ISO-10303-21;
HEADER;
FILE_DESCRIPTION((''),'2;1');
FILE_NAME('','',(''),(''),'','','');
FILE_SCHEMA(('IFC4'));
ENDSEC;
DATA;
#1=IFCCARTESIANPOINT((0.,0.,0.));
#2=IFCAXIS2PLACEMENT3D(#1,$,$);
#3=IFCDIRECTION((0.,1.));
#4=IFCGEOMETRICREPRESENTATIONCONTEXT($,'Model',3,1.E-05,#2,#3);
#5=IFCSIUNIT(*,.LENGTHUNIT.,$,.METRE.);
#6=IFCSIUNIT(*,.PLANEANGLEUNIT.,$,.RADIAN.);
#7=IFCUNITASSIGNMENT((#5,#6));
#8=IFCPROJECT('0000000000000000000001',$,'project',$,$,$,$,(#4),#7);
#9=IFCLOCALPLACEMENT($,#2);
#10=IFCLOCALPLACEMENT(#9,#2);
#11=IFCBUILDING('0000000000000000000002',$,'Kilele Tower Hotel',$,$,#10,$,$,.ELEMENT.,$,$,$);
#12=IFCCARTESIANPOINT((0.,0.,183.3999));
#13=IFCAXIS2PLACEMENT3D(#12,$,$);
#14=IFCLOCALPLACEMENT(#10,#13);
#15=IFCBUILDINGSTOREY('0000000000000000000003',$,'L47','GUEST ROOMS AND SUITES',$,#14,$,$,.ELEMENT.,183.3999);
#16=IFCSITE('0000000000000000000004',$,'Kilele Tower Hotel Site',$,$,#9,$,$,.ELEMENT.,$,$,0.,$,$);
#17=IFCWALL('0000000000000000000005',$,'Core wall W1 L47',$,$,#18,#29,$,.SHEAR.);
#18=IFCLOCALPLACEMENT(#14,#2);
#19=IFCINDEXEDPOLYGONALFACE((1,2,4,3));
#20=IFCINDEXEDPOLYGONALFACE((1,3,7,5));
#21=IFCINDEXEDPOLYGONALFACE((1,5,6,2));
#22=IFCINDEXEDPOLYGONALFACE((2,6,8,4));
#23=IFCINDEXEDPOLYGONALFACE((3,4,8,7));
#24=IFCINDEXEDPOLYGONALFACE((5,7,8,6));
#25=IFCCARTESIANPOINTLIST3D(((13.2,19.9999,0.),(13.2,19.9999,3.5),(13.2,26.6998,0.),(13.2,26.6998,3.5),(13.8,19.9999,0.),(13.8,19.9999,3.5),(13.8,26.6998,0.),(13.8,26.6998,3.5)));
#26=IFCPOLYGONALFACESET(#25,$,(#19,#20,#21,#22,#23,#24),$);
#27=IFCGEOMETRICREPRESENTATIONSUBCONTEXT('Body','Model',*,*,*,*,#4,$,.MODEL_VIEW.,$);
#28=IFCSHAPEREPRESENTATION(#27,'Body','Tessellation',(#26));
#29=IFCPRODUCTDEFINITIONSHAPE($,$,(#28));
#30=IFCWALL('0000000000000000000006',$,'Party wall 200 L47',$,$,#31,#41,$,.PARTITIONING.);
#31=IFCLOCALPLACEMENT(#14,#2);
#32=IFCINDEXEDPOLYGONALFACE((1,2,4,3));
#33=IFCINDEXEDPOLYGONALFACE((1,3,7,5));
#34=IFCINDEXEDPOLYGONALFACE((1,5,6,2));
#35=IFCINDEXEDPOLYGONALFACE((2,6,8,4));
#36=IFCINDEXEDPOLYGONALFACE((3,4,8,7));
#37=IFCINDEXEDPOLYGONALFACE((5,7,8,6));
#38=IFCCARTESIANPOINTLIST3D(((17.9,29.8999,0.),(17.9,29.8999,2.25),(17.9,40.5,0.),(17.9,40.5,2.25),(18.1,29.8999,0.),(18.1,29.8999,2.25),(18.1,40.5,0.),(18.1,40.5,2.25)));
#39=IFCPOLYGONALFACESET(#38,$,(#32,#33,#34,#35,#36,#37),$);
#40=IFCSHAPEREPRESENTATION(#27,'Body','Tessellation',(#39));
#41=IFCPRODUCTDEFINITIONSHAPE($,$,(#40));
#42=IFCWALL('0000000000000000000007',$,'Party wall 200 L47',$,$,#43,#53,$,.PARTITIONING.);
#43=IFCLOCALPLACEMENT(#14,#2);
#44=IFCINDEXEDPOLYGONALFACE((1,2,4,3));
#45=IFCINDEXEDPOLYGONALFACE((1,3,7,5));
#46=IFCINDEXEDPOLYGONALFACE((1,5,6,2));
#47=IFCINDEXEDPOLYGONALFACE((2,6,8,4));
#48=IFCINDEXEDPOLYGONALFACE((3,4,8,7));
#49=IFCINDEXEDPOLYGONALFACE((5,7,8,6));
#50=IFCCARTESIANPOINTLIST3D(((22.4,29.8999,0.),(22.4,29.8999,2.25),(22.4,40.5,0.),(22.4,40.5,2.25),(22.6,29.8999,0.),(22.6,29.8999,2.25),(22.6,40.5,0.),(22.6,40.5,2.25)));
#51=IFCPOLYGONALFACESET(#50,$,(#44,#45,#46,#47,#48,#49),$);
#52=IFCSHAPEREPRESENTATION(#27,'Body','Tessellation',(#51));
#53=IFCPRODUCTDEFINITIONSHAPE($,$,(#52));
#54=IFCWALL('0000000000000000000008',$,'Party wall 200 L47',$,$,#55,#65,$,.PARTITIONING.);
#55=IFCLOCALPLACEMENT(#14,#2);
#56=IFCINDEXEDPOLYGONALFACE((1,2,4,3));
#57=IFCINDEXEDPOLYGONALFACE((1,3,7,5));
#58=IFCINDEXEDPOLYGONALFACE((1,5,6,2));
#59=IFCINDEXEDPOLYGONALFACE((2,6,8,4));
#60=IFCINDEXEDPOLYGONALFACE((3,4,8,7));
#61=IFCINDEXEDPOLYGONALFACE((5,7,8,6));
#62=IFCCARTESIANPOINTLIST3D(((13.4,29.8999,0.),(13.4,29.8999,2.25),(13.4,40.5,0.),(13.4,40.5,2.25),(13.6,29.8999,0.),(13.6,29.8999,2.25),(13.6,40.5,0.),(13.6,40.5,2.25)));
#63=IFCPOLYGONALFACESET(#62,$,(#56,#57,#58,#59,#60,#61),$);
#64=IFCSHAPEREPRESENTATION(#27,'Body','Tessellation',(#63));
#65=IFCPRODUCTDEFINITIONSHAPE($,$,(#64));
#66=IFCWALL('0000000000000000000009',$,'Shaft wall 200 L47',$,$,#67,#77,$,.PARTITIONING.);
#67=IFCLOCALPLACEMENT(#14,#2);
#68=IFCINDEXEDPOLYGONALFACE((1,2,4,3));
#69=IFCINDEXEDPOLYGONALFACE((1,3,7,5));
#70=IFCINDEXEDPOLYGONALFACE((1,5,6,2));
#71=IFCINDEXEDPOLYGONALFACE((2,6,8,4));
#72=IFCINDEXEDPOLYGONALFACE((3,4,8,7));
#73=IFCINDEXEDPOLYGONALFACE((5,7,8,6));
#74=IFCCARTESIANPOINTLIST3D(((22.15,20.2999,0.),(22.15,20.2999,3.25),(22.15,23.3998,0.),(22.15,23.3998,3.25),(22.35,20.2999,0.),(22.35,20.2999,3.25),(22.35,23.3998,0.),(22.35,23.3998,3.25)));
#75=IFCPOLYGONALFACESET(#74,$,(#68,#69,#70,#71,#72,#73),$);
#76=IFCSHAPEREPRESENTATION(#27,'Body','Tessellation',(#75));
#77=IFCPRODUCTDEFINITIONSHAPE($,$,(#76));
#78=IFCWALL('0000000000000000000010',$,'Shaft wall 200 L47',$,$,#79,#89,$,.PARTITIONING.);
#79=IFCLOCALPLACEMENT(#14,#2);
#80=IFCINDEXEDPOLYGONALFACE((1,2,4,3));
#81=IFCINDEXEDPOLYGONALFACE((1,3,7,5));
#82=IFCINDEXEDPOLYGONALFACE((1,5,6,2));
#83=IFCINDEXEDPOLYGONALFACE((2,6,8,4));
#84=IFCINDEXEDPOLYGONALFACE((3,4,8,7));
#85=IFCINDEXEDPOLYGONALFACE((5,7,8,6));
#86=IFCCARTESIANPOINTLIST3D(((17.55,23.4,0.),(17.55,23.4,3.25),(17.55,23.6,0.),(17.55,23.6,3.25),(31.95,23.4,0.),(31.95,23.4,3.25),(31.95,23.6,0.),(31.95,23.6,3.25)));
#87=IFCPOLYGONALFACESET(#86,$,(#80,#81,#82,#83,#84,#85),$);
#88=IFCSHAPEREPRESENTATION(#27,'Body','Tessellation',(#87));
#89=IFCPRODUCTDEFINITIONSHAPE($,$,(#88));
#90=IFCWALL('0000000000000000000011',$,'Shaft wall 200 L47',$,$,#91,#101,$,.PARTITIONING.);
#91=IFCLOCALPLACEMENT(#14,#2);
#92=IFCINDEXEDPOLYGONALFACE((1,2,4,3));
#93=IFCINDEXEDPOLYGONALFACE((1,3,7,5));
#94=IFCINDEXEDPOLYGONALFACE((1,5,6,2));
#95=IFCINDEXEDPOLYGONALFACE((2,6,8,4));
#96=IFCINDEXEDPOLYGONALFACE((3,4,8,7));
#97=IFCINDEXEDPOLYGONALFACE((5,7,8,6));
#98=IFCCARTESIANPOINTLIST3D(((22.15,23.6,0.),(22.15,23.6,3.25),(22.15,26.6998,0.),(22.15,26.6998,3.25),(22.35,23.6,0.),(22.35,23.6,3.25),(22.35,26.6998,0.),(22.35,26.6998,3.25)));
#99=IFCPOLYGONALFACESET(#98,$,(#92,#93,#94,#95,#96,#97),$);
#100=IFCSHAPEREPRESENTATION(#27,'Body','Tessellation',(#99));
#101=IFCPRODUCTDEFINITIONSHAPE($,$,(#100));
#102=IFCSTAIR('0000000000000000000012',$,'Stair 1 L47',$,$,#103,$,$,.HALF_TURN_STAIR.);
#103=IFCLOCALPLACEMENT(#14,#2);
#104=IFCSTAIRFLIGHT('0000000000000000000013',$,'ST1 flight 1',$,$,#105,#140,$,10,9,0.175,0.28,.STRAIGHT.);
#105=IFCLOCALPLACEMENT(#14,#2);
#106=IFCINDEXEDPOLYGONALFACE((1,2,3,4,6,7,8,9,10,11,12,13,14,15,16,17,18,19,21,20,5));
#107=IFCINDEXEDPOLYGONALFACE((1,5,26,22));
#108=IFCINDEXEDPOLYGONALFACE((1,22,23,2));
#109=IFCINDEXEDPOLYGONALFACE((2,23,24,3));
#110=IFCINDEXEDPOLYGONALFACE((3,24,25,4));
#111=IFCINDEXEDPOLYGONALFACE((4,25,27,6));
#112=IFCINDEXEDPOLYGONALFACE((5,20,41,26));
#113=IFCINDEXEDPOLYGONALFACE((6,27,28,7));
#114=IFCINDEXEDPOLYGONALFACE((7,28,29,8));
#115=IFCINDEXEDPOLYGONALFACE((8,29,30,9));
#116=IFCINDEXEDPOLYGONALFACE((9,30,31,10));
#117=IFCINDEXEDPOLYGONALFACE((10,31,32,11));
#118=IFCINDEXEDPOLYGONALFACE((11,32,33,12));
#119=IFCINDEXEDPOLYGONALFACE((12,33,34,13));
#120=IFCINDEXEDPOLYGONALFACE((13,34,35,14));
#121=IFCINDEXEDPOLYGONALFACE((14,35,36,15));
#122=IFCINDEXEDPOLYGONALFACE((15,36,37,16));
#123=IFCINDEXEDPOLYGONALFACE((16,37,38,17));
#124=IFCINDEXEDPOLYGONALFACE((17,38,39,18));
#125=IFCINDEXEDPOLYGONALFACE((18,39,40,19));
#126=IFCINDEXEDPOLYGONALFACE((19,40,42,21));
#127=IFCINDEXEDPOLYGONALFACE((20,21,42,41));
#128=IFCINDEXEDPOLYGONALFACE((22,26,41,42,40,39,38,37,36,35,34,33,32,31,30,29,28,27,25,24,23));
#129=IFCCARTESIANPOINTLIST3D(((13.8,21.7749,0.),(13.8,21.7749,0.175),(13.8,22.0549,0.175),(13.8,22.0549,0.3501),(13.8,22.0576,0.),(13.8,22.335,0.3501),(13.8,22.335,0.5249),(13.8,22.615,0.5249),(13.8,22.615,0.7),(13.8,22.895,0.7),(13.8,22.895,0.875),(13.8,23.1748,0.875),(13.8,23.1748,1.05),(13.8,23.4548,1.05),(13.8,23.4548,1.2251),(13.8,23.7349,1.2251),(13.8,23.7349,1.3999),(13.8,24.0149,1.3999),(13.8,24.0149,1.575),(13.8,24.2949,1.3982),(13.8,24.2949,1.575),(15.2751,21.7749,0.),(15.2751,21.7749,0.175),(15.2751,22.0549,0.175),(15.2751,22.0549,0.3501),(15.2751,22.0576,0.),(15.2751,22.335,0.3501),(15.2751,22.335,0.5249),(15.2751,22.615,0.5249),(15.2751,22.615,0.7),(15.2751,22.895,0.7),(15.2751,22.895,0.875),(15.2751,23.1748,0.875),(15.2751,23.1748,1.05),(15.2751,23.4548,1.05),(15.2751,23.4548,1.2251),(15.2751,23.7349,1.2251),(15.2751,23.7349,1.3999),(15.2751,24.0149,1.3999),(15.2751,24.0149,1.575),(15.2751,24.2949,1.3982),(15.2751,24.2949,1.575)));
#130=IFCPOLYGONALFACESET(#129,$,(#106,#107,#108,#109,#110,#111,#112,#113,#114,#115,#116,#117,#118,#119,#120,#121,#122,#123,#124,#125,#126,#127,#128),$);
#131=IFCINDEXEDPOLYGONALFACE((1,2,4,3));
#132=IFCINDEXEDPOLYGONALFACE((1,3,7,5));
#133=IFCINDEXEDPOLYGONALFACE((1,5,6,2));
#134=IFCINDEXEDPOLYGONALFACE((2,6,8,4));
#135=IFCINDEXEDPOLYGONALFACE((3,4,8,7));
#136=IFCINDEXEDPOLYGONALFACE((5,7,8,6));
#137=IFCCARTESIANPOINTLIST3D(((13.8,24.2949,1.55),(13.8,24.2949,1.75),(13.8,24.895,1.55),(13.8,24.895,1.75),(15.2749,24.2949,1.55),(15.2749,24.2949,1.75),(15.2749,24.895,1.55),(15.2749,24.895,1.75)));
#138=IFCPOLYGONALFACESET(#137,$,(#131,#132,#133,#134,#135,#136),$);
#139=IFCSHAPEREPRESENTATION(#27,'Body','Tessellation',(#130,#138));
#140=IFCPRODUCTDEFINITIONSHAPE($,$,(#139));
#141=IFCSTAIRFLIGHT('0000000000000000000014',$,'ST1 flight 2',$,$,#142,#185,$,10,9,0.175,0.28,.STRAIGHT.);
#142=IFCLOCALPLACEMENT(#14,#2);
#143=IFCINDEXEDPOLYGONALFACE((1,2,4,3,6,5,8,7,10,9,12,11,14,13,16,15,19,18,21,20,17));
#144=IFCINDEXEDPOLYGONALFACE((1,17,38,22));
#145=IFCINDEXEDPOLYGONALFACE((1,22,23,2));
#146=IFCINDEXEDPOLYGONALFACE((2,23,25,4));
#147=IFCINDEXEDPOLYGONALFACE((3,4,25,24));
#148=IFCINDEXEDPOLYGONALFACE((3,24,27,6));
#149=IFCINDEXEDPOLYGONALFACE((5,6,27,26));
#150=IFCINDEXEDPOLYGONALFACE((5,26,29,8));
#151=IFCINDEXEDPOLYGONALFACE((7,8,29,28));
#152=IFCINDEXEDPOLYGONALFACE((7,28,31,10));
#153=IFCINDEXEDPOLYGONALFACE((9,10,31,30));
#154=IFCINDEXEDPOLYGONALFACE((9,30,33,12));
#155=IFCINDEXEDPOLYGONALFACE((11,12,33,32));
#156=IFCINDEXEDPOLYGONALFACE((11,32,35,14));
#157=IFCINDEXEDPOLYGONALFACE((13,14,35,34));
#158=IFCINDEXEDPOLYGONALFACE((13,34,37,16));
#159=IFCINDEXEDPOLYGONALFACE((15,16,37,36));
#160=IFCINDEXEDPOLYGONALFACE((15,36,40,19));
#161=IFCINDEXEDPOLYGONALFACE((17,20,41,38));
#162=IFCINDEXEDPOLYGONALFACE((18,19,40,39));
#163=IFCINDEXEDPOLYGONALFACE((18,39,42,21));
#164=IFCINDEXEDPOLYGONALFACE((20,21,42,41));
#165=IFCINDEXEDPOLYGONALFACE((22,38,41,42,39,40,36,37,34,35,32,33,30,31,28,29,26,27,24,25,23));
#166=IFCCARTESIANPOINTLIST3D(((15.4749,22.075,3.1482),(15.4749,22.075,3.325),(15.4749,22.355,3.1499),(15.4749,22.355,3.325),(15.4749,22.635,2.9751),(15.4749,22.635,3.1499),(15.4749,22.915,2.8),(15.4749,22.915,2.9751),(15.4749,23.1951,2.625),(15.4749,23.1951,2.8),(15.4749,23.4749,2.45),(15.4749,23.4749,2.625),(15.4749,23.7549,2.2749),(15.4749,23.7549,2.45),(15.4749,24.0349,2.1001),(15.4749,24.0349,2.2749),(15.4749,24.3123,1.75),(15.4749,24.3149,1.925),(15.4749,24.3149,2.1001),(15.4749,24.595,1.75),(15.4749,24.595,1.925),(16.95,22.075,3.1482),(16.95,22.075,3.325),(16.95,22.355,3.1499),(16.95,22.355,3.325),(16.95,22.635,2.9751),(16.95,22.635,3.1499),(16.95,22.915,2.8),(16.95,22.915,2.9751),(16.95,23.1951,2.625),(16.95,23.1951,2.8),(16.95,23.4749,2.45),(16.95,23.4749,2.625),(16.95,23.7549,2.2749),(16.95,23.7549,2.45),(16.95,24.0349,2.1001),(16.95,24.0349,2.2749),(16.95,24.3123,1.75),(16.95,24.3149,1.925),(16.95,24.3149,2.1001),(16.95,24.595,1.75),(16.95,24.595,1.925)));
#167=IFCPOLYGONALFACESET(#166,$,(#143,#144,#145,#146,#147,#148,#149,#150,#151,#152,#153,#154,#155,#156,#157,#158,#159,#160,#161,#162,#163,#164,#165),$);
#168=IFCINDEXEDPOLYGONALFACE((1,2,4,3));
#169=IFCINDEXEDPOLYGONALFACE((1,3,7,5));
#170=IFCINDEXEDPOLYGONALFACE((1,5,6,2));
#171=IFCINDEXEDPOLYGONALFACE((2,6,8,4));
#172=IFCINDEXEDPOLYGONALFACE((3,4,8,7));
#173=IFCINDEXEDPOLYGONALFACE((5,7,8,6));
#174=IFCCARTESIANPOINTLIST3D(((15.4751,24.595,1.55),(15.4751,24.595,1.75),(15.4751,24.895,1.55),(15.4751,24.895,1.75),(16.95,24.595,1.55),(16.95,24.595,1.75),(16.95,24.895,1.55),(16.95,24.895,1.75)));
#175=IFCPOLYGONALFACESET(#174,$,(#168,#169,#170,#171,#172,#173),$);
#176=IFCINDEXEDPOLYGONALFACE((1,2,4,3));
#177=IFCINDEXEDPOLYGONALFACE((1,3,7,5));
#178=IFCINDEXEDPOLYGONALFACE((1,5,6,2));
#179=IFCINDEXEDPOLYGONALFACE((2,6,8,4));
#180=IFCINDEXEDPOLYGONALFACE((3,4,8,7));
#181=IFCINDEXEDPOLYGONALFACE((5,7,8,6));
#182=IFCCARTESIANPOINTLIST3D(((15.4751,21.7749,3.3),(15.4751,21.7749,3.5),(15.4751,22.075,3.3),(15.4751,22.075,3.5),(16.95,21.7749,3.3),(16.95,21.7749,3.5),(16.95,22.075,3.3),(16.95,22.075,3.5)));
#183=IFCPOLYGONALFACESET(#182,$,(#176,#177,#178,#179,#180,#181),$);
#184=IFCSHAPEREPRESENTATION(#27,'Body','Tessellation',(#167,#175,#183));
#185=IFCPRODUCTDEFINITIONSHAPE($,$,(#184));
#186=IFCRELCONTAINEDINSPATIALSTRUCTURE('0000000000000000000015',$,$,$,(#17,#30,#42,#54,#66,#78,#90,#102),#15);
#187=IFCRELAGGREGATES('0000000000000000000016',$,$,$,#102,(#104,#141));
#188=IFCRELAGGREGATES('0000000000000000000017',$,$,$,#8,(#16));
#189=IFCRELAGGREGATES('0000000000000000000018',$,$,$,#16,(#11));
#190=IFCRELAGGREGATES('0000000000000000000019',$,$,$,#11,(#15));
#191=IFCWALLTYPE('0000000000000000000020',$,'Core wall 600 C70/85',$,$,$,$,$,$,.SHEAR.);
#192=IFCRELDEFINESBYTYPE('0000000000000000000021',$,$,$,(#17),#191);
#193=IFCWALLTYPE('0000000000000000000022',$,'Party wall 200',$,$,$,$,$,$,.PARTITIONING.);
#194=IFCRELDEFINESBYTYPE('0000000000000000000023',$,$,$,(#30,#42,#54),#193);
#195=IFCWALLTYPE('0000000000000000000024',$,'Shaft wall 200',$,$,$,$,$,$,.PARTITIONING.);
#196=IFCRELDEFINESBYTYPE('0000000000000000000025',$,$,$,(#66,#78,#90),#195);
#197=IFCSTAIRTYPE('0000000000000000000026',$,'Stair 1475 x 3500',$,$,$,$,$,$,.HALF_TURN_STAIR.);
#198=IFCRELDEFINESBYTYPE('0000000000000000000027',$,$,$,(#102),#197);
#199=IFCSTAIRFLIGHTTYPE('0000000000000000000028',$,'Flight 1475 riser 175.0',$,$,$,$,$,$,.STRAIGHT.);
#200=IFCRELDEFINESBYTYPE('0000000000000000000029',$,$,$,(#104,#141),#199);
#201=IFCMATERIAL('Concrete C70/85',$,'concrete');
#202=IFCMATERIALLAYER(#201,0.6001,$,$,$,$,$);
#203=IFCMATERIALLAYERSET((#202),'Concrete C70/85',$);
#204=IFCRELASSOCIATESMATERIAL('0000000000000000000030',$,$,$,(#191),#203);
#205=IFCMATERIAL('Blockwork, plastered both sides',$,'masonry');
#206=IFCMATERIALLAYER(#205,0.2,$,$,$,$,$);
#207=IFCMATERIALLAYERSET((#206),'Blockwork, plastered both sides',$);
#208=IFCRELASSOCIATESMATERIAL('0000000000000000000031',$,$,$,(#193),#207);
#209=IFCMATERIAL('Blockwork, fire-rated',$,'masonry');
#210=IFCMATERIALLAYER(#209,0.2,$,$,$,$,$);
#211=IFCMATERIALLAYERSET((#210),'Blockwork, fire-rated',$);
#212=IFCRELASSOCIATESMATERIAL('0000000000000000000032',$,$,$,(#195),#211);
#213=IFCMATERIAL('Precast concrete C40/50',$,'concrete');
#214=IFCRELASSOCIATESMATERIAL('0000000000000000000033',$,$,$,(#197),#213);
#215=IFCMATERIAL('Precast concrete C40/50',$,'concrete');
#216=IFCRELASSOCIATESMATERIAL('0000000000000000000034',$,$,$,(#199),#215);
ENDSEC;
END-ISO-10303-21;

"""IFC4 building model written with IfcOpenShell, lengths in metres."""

from ifc_helpers import new_model, si_unit, direction, frame, frame_2d, origin, place, context, subcontext, project, spatial, polyline, rectangle, outline, extrude, material, layer, layer_set, type_object, element, aggregate, save


model = new_model("IFC4")

# Units and contexts
model_context = context("Model", 3, precision=1e-05, world=origin(), true_north=direction((0.0, 1.0)))
body_context = subcontext(model_context, "Body", "Model", "MODEL_VIEW")
ifc_project = project(units=[si_unit("LENGTHUNIT", "METRE"), si_unit("PLANEANGLEUNIT", "RADIAN")], contexts=[model_context])

# Site, building, storey
site_placement = place(None, origin())
site = spatial("IfcSite", under=ifc_project, at=site_placement, Name="Kilele Tower Hotel Site", CompositionType="ELEMENT", RefElevation=0.0)
building_placement = place(site_placement, origin())
building = spatial("IfcBuilding", under=site, at=building_placement, Name="Kilele Tower Hotel", CompositionType="ELEMENT")
storey_placement = place(building_placement, frame((0.0, 0.0, 183.3999)))
storey = spatial("IfcBuildingStorey", under=building, at=storey_placement, Name="L47", Description="GUEST ROOMS AND SUITES", CompositionType="ELEMENT", Elevation=183.3999)

# Walls
ifc_material_1 = material(Name="Concrete C70/85", Category="concrete")
ifc_layer_1 = layer(ifc_material_1, 0.6001)
ifc_layer_set_1 = layer_set([ifc_layer_1], Name="Concrete C70/85")
wall_type_1 = type_object("IfcWallType", Name="Core wall 600 C70/85", PredefinedType="SHEAR", material=ifc_layer_set_1)
wall_1_placement = place(storey_placement, frame((13.5, 26.7, 0.0), z_axis=(0.0, 0.0, 1.0), x_axis=(0.0, -1.0, 0.0)))
element("IfcWall", 1, at=wall_1_placement, inside=storey, type_object=wall_type_1, Name="Core wall W1 L47", PredefinedType="SHEAR", context=body_context, shape_type="SweptSolid", body=[
    extrude(rectangle(XDim=6.7, YDim=0.6001, at=frame_2d((3.3501, 0.0))), origin(), (0.0, 0.0, 1.0), 3.5),
])
ifc_material_2 = material(Name="Blockwork, plastered both sides", Category="masonry")
ifc_layer_2 = layer(ifc_material_2, 0.2)
ifc_layer_set_2 = layer_set([ifc_layer_2], Name="Blockwork, plastered both sides")
wall_type_2 = type_object("IfcWallType", Name="Party wall 200", PredefinedType="PARTITIONING", material=ifc_layer_set_2)
for number, where, z_axis, x_axis, name in (
    (2, (18.0, 29.8999, 0.0), (0.0, 0.0, 1.0), (0.0, 1.0, 0.0), "Party wall 200 L47"),
    (3, (22.5, 29.8999, 0.0), (0.0, 0.0, 1.0), (0.0, 1.0, 0.0), "Party wall 200 L47"),
    (4, (13.5, 29.8999, 0.0), (0.0, 0.0, 1.0), (0.0, 1.0, 0.0), "Party wall 200 L47"),
):
    element("IfcWall", number, at=place(storey_placement, frame(where, z_axis=z_axis, x_axis=x_axis)), inside=storey, type_object=wall_type_2, Name=name, PredefinedType="PARTITIONING", context=body_context, shape_type="SweptSolid", body=[
        extrude(rectangle(XDim=10.6001, YDim=0.2, at=frame_2d((5.3, 0.0))), origin(), (0.0, 0.0, 1.0), 2.25),
    ])
ifc_material_3 = material(Name="Blockwork, fire-rated", Category="masonry")
ifc_layer_3 = layer(ifc_material_3, 0.2)
ifc_layer_set_3 = layer_set([ifc_layer_3], Name="Blockwork, fire-rated")
wall_type_3 = type_object("IfcWallType", Name="Shaft wall 200", PredefinedType="PARTITIONING", material=ifc_layer_set_3)
wall_2_placement = place(storey_placement, frame((22.25, 20.3, 0.0), z_axis=(0.0, 0.0, 1.0), x_axis=(0.0, 1.0, 0.0)))
element("IfcWall", 5, at=wall_2_placement, inside=storey, type_object=wall_type_3, Name="Shaft wall 200 L47", PredefinedType="PARTITIONING", context=body_context, shape_type="SweptSolid", body=[
    extrude(rectangle(XDim=3.0999, YDim=0.2, at=frame_2d((1.5498, 0.0))), origin(), (0.0, 0.0, 1.0), 3.25),
])
wall_3_placement = place(storey_placement, frame((17.55, 23.5, 0.0), z_axis=(0.0, 0.0, 1.0), x_axis=(1.0, 0.0, 0.0)))
element("IfcWall", 6, at=wall_3_placement, inside=storey, type_object=wall_type_3, Name="Shaft wall 200 L47", PredefinedType="PARTITIONING", context=body_context, shape_type="SweptSolid", body=[
    extrude(rectangle(XDim=14.3999, YDim=0.2, at=frame_2d((7.2, 0.0))), origin(), (0.0, 0.0, 1.0), 3.25),
])
wall_4_placement = place(storey_placement, frame((22.25, 23.6001, 0.0), z_axis=(0.0, 0.0, 1.0), x_axis=(0.0, 1.0, 0.0)))
element("IfcWall", 7, at=wall_4_placement, inside=storey, type_object=wall_type_3, Name="Shaft wall 200 L47", PredefinedType="PARTITIONING", context=body_context, shape_type="SweptSolid", body=[
    extrude(rectangle(XDim=3.0999, YDim=0.2, at=frame_2d((1.5498, 0.0))), origin(), (0.0, 0.0, 1.0), 3.25),
])

# Stair, stair flights
ifc_material_4 = material(Name="Precast concrete C40/50", Category="concrete")
stair_type = type_object("IfcStairType", Name="Stair 1475 x 3500", PredefinedType="HALF_TURN_STAIR", material=ifc_material_4)
stair_placement = place(storey_placement, origin())
stair = element("IfcStair", 8, at=stair_placement, inside=storey, type_object=stair_type, Name="Stair 1 L47", PredefinedType="HALF_TURN_STAIR")
ifc_material_5 = material(Name="Precast concrete C40/50", Category="concrete")
stair_flight_type = type_object("IfcStairFlightType", Name="Flight 1475 riser 175.0", PredefinedType="STRAIGHT", material=ifc_material_5)
stair_flight_1_placement = place(storey_placement, frame((14.5376, 21.7749, 0.0), z_axis=(0.0, 0.0, 1.0), x_axis=(0.0, 1.0, 0.0)))
stair_flight_1 = element("IfcStairFlight", 9, at=stair_flight_1_placement, type_object=stair_flight_type, Name="ST1 flight 1", NumberOfRisers=10, NumberOfTreads=9, PredefinedType="STRAIGHT", RiserHeight=0.175, TreadLength=0.28, context=body_context, shape_type="SweptSolid", body=[
    extrude(outline(polyline([(0.0, 0.0), (0.0, 0.175), (0.28, 0.175), (0.28, 0.3501), (0.5601, 0.3501), (0.5601, 0.5249), (0.8401, 0.5249), (0.8401, 0.7), (1.1201, 0.7), (1.1201, 0.875), (1.3999, 0.875), (1.3999, 1.05), (1.6799, 1.05), (1.6799, 1.2251), (1.96, 1.2251), (1.96, 1.3999), (2.24, 1.3999), (2.24, 1.575), (2.52, 1.575), (2.52, 1.75), (2.52, 1.3982), (0.2827, 0.0), (0.0, 0.0)])), frame((0.0, 0.7375, 0.0), z_axis=(0.0, -1.0, 0.0), x_axis=(1.0, 0.0, 0.0)), (0.0, 0.0, 1.0), 1.4751),
    extrude(outline(polyline([(2.52, 0.7375), (2.52, -0.7373), (3.1201, -0.7373), (3.1201, 0.7375), (2.52, 0.7375)])), frame((0.0, 0.0, 1.55)), (0.0, 0.0, 1.0), 0.2),
])
stair_flight_2_placement = place(storey_placement, frame((16.2124, 24.595, 1.75), z_axis=(0.0, 0.0, 1.0), x_axis=(0.0, -1.0, 0.0)))
stair_flight_2 = element("IfcStairFlight", 10, at=stair_flight_2_placement, type_object=stair_flight_type, Name="ST1 flight 2", NumberOfRisers=10, NumberOfTreads=9, PredefinedType="STRAIGHT", RiserHeight=0.175, TreadLength=0.28, context=body_context, shape_type="SweptSolid", body=[
    extrude(outline(polyline([(0.0, 0.0), (0.0, 0.175), (0.28, 0.175), (0.28, 0.3501), (0.5601, 0.3501), (0.5601, 0.5249), (0.8401, 0.5249), (0.8401, 0.7), (1.1201, 0.7), (1.1201, 0.875), (1.3999, 0.875), (1.3999, 1.05), (1.6799, 1.05), (1.6799, 1.2251), (1.96, 1.2251), (1.96, 1.3999), (2.24, 1.3999), (2.24, 1.575), (2.52, 1.575), (2.52, 1.75), (2.52, 1.3982), (0.2827, 0.0), (0.0, 0.0)])), frame((0.0, 0.7375, 0.0), z_axis=(0.0, -1.0, 0.0), x_axis=(1.0, 0.0, 0.0)), (0.0, 0.0, 1.0), 1.4751),
    extrude(outline(polyline([(0.0, -0.7373), (0.0, 0.7375), (-0.3, 0.7375), (-0.3, -0.7373), (0.0, -0.7373)])), frame((0.0, 0.0, -0.2)), (0.0, 0.0, 1.0), 0.2),
    extrude(outline(polyline([(2.8201, -0.7373), (2.8201, 0.7375), (2.52, 0.7375), (2.52, -0.7373), (2.8201, -0.7373)])), frame((0.0, 0.0, 1.55)), (0.0, 0.0, 1.0), 0.2),
])
aggregate(stair, [stair_flight_1, stair_flight_2])

save(model, "model.ifc")
